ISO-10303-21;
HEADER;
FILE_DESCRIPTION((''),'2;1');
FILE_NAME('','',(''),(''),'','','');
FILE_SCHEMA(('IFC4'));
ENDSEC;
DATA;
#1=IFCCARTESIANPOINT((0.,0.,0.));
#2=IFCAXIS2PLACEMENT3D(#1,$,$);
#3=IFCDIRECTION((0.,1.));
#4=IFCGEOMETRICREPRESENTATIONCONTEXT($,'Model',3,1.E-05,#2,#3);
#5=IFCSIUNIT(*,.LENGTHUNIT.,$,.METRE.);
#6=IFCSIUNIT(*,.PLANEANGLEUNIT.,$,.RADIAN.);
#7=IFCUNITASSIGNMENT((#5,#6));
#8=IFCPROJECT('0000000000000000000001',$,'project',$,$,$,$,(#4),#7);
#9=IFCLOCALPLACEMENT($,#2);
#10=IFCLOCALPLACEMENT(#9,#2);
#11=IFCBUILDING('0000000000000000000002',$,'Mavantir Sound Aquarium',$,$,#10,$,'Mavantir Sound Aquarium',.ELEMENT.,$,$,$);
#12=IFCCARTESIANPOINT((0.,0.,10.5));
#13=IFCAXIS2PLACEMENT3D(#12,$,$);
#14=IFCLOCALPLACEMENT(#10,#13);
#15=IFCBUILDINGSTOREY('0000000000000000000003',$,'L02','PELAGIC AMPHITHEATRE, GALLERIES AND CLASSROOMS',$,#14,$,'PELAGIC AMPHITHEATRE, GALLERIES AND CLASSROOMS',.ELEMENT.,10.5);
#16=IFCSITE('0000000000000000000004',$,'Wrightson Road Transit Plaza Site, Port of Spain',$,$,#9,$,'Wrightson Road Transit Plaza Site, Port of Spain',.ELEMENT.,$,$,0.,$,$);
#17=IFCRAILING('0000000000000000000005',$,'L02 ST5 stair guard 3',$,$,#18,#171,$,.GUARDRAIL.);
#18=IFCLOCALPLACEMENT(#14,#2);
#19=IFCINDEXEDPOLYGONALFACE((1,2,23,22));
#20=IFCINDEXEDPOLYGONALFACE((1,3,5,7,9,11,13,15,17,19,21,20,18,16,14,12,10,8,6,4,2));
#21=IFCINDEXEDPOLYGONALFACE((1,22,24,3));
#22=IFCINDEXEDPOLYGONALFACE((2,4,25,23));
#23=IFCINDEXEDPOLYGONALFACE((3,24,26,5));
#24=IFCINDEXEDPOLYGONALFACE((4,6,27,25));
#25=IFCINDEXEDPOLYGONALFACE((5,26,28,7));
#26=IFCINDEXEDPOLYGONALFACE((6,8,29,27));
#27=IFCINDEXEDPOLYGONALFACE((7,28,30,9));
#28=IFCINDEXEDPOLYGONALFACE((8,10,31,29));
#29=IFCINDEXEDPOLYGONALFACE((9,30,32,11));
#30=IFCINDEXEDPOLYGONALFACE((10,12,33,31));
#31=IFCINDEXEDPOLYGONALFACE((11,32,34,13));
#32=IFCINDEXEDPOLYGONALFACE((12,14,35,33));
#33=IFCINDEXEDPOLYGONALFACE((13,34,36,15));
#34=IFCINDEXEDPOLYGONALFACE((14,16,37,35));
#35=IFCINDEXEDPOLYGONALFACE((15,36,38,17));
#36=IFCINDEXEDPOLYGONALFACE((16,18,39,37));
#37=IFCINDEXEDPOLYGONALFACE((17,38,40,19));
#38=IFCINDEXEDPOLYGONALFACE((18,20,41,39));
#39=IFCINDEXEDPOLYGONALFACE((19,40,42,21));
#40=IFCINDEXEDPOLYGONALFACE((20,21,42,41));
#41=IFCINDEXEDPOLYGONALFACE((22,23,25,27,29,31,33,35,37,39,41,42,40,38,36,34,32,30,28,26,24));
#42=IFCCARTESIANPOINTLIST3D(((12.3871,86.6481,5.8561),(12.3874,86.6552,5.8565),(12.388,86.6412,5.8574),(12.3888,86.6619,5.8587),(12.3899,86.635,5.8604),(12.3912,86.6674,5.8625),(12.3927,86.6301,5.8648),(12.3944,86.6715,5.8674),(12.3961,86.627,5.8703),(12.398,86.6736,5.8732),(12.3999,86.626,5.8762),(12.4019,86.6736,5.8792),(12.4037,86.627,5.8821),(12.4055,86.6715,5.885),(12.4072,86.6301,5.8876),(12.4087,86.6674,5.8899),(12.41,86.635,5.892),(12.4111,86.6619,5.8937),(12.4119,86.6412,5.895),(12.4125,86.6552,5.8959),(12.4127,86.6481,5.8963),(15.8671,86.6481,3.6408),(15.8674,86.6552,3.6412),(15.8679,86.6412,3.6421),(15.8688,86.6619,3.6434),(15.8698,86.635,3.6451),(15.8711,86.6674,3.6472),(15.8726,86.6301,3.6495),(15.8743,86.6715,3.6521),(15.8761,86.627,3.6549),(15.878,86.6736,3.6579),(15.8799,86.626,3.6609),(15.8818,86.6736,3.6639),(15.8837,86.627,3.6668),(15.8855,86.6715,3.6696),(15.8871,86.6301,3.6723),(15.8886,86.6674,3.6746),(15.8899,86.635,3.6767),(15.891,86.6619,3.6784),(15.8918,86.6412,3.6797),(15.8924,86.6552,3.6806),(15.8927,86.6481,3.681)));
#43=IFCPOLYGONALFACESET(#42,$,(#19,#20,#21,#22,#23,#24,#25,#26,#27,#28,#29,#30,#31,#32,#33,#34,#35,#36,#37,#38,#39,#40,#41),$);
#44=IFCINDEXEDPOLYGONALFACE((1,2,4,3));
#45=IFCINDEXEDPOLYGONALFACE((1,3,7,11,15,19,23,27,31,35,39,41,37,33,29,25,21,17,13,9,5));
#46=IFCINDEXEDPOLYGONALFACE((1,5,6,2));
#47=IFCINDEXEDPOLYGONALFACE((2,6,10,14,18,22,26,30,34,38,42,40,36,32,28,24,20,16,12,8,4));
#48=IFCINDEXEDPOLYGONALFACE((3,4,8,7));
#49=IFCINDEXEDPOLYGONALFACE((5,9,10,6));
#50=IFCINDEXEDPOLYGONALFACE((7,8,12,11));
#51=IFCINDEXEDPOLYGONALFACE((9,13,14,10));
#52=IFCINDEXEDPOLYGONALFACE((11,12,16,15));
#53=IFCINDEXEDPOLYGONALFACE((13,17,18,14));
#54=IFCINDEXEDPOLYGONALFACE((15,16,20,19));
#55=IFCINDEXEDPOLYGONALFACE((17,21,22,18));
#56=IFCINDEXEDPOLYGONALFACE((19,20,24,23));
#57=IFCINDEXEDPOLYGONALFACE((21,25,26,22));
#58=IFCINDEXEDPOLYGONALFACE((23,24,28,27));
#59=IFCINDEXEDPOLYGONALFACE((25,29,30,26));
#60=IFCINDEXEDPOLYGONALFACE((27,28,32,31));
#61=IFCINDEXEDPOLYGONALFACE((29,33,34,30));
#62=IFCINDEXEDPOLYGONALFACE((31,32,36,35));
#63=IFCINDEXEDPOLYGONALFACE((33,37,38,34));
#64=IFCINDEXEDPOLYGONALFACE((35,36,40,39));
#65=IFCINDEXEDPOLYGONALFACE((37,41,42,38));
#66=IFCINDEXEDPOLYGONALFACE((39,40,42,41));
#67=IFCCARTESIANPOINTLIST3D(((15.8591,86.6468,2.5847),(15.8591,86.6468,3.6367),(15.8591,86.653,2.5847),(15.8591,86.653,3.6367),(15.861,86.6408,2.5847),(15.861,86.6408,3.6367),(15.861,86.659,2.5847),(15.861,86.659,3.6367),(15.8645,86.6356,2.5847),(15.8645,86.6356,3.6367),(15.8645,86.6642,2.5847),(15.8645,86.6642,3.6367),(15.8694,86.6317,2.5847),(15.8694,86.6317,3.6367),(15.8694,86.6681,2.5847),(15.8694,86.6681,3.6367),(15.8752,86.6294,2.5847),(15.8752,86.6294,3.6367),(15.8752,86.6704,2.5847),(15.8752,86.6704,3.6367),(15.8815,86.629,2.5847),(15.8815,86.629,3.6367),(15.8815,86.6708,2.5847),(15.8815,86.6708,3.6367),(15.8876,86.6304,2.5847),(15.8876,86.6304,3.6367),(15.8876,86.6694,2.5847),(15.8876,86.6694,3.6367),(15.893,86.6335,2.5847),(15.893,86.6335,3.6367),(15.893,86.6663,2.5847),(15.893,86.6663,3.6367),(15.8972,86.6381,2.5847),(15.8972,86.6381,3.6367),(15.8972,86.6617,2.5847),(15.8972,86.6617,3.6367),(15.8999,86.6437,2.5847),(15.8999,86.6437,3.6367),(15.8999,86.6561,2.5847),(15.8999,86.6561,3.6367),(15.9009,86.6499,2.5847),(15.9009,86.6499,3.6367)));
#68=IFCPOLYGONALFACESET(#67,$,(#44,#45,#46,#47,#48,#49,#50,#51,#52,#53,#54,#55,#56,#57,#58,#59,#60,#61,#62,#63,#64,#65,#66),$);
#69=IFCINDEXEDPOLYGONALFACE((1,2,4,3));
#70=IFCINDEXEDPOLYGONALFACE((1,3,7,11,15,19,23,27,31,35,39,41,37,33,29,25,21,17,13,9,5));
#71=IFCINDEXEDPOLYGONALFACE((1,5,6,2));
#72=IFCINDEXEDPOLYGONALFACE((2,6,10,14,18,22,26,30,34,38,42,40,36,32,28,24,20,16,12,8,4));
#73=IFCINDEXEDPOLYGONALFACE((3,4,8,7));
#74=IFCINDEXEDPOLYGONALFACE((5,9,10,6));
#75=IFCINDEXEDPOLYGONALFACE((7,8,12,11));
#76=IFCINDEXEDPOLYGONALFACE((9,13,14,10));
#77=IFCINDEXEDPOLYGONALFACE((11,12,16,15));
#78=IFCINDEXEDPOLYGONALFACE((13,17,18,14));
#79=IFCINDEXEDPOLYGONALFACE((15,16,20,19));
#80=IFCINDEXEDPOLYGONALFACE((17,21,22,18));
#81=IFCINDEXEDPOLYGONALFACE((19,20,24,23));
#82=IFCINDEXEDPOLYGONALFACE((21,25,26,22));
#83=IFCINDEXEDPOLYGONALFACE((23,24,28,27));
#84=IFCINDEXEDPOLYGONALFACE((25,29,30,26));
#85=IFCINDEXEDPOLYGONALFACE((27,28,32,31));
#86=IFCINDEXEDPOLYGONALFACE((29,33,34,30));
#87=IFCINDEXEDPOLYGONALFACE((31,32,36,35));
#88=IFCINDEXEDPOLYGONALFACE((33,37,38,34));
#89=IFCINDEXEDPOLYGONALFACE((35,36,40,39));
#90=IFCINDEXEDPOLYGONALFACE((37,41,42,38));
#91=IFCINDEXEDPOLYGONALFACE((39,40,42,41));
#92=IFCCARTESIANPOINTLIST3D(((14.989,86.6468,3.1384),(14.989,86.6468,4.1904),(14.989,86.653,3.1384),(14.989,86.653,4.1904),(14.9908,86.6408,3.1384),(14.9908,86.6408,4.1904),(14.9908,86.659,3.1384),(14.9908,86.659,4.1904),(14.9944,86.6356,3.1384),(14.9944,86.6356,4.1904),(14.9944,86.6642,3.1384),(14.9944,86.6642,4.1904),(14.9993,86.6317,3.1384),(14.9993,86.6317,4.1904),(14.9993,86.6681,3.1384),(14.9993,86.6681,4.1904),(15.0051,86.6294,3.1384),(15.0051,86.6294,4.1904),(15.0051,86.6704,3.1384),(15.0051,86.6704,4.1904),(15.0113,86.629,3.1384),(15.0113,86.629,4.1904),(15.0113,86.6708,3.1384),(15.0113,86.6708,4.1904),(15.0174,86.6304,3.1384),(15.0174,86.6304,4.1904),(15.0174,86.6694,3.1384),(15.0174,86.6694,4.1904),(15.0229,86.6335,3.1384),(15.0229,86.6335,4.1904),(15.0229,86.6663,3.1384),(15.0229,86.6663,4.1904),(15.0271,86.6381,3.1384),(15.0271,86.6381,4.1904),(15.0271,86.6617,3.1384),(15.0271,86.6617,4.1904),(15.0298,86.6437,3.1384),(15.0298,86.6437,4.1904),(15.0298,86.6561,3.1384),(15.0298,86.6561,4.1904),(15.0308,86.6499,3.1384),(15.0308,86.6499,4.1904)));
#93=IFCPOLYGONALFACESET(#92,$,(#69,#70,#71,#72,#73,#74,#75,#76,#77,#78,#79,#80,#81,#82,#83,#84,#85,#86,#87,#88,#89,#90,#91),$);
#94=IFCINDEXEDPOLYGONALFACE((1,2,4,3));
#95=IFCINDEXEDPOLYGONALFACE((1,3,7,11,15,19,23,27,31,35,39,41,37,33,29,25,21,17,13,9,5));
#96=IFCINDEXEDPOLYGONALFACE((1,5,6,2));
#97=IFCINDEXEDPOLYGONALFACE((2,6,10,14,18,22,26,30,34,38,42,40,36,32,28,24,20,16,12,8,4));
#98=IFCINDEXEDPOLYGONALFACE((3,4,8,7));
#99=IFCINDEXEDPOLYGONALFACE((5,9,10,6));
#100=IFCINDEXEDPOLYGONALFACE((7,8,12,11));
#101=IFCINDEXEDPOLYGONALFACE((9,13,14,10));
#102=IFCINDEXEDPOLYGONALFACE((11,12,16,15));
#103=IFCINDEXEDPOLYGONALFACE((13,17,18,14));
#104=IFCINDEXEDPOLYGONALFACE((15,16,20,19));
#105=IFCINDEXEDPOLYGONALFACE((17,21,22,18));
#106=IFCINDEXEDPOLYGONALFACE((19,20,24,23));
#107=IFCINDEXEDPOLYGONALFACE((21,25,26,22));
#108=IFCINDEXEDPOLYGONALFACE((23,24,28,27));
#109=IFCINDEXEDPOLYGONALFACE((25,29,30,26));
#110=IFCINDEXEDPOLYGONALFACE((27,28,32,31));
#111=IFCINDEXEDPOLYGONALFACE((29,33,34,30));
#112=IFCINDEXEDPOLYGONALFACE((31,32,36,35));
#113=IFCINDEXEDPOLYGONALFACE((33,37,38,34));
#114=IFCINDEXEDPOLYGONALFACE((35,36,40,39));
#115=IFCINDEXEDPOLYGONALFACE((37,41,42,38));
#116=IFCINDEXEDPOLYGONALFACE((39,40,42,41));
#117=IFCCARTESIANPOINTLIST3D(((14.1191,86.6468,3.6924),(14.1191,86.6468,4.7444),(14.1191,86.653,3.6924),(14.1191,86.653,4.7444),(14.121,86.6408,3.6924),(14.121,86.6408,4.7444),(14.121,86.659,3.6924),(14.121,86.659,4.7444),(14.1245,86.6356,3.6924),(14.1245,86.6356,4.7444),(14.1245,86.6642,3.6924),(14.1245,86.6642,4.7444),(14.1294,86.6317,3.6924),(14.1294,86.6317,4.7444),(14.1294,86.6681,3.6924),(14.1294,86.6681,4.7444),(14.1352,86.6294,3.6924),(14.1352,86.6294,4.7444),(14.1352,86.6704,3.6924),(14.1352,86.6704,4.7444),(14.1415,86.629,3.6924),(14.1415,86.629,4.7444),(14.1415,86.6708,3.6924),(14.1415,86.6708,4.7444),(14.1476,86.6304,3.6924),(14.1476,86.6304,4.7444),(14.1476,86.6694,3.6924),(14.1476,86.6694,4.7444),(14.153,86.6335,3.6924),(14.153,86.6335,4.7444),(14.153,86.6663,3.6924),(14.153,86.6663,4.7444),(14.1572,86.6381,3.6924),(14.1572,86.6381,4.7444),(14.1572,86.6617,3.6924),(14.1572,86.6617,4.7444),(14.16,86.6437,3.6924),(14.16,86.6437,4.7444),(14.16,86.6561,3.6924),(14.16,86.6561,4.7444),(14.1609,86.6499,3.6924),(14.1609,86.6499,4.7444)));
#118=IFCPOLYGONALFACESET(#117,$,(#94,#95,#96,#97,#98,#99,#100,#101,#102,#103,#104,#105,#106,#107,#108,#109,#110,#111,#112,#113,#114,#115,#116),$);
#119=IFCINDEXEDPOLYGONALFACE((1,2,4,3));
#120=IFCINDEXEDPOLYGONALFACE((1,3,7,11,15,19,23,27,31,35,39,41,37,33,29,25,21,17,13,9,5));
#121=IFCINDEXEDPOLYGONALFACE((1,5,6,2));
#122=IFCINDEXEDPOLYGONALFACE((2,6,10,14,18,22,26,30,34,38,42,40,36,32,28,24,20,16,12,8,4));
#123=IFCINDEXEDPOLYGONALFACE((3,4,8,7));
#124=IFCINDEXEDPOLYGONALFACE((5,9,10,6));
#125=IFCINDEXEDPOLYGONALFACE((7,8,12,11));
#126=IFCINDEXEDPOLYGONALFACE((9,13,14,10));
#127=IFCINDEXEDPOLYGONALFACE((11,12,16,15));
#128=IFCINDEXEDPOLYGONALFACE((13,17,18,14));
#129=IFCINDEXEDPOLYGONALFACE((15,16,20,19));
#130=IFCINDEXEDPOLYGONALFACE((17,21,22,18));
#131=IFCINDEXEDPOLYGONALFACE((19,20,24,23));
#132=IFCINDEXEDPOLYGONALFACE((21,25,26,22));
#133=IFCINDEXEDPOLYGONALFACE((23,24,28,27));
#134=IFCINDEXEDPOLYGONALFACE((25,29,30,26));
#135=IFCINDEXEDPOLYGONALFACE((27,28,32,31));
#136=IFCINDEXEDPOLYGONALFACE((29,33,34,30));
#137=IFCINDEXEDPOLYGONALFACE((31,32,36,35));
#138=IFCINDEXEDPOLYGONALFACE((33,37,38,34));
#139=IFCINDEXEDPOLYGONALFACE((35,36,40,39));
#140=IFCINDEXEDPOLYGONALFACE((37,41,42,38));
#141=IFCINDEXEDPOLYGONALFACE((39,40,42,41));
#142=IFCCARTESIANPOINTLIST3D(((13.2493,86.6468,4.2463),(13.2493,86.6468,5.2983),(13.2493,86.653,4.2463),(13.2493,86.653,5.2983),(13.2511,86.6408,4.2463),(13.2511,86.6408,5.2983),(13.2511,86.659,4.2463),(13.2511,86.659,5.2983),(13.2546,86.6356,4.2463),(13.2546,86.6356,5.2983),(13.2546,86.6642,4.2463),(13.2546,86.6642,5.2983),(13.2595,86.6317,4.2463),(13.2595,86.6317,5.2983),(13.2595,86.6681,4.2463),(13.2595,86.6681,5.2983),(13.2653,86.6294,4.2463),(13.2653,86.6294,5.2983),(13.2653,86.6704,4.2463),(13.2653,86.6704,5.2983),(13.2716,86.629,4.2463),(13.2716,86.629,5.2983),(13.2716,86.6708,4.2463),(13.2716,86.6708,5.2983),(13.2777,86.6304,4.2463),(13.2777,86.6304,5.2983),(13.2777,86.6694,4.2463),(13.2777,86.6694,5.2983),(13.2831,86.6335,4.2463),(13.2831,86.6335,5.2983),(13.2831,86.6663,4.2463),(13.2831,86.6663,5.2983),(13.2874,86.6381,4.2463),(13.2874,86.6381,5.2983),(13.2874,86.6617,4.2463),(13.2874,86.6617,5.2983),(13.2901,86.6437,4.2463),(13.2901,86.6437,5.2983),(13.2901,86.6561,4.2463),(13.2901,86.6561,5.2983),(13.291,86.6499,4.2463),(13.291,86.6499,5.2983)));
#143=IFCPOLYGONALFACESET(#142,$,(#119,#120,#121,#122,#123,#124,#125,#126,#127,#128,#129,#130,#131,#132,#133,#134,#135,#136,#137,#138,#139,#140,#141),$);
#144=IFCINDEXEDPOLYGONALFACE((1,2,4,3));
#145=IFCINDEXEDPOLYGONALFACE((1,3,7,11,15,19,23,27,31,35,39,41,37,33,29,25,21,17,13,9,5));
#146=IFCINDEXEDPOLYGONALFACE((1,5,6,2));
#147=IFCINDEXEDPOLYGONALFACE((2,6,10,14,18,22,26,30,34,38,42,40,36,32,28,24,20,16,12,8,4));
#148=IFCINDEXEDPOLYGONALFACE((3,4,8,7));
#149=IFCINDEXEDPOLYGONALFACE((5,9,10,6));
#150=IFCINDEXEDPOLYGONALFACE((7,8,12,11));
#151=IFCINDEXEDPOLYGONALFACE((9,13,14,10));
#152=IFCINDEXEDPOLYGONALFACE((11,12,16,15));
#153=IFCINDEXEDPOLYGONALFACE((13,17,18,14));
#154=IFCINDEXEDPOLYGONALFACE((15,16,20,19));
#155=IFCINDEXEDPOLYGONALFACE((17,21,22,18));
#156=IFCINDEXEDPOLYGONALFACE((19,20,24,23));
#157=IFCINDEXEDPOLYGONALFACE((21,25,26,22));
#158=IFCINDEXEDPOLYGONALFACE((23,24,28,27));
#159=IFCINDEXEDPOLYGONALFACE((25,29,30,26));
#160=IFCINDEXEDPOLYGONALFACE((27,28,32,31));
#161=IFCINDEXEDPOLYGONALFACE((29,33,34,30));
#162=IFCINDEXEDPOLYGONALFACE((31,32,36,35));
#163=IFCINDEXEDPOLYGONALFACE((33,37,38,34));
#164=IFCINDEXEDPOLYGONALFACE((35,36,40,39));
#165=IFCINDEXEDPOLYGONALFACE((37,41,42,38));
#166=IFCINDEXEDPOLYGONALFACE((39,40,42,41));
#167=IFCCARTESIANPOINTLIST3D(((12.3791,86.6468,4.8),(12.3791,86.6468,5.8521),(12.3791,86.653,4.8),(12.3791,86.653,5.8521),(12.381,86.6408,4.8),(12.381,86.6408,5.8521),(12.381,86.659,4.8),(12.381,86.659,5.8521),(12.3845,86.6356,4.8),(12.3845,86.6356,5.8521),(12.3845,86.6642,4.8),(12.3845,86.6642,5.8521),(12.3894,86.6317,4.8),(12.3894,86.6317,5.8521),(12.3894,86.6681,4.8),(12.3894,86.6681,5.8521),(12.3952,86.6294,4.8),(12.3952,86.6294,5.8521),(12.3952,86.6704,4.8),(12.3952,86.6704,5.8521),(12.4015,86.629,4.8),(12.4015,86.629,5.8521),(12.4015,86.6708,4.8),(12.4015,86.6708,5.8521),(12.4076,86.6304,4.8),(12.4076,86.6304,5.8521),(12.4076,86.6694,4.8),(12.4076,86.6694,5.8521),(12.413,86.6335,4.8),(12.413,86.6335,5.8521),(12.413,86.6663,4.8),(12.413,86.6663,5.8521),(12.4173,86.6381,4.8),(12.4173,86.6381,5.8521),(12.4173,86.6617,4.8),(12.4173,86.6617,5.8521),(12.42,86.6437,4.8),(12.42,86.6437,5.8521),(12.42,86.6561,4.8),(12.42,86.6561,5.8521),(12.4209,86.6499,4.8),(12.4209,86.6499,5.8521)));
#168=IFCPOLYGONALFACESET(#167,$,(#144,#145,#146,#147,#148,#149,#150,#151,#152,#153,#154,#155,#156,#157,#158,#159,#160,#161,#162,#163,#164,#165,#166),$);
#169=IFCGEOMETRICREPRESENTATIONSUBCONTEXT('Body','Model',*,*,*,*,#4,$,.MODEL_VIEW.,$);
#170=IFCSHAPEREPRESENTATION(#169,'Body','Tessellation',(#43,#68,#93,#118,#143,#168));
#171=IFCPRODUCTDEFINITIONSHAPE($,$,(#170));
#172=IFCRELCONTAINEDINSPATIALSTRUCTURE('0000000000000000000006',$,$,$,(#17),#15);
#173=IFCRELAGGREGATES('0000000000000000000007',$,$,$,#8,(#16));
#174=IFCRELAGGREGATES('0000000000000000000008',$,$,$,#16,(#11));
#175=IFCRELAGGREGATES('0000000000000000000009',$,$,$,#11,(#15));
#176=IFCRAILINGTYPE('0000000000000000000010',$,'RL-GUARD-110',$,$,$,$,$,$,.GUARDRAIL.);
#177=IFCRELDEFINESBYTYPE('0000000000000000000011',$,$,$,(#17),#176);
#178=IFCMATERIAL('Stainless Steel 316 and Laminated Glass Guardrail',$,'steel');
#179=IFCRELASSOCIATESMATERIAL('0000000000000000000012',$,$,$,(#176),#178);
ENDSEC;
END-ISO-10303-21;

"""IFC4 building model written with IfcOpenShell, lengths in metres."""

from ifc_helpers import new_model, si_unit, direction, frame, origin, origin_2d, place, context, subcontext, project, spatial, circle, extrude, material, type_object, element, save


model = new_model("IFC4")

# Units and contexts
model_context = context("Model", 3, precision=1e-05, world=origin(), true_north=direction((0.0, 1.0)))
body_context = subcontext(model_context, "Body", "Model", "MODEL_VIEW")
ifc_project = project(units=[si_unit("LENGTHUNIT", "METRE"), si_unit("PLANEANGLEUNIT", "RADIAN")], contexts=[model_context])

# Site, building, storey
site_placement = place(None, origin())
site = spatial("IfcSite", under=ifc_project, at=site_placement, Name="Wrightson Road Transit Plaza Site, Port of Spain", LongName="Wrightson Road Transit Plaza Site, Port of Spain", CompositionType="ELEMENT", RefElevation=0.0)
building_placement = place(site_placement, origin())
building = spatial("IfcBuilding", under=site, at=building_placement, Name="Mavantir Sound Aquarium", LongName="Mavantir Sound Aquarium", CompositionType="ELEMENT")
storey_placement = place(building_placement, frame((0.0, 0.0, 10.5)))
storey = spatial("IfcBuildingStorey", under=building, at=storey_placement, Name="L02", Description="PELAGIC AMPHITHEATRE, GALLERIES AND CLASSROOMS", LongName="PELAGIC AMPHITHEATRE, GALLERIES AND CLASSROOMS", CompositionType="ELEMENT", Elevation=10.5)

# Railing
ifc_material_1 = material(Name="Stainless Steel 316 and Laminated Glass Guardrail", Category="steel")
railing_type_1 = type_object("IfcRailingType", Name="RL-GUARD-110", PredefinedType="GUARDRAIL", material=ifc_material_1)
railing_1_placement = place(storey_placement, frame((15.8799, 86.6499, 2.5847)))
element("IfcRailing", 1, at=railing_1_placement, inside=storey, type_object=railing_type_1, Name="L02 ST5 stair guard 3", PredefinedType="GUARDRAIL", context=body_context, shape_type="SweptSolid", body=[
    extrude(circle(Radius=0.0239, at=origin_2d()), frame((0.0, 0.0, 1.0762), z_axis=(-0.843574, 0.0, 0.537013), x_axis=(0.0, -1.0, 0.0)), (0.0, 0.0, 1.0), 4.1252),
    extrude(circle(Radius=0.021, at=origin_2d()), origin(), (0.0, 0.0, 1.0), 1.052),
    extrude(circle(Radius=0.021, at=origin_2d()), frame((-0.8701, 0.0, 0.5537)), (0.0, 0.0, 1.0), 1.052),
    extrude(circle(Radius=0.021, at=origin_2d()), frame((-1.74, 0.0, 1.1077)), (0.0, 0.0, 1.0), 1.052),
    extrude(circle(Radius=0.021, at=origin_2d()), frame((-2.6099, 0.0, 1.6616)), (0.0, 0.0, 1.0), 1.052),
    extrude(circle(Radius=0.021, at=origin_2d()), frame((-3.48, 0.0, 2.2153)), (0.0, 0.0, 1.0), 1.052),
])

save(model, "model.ifc")
